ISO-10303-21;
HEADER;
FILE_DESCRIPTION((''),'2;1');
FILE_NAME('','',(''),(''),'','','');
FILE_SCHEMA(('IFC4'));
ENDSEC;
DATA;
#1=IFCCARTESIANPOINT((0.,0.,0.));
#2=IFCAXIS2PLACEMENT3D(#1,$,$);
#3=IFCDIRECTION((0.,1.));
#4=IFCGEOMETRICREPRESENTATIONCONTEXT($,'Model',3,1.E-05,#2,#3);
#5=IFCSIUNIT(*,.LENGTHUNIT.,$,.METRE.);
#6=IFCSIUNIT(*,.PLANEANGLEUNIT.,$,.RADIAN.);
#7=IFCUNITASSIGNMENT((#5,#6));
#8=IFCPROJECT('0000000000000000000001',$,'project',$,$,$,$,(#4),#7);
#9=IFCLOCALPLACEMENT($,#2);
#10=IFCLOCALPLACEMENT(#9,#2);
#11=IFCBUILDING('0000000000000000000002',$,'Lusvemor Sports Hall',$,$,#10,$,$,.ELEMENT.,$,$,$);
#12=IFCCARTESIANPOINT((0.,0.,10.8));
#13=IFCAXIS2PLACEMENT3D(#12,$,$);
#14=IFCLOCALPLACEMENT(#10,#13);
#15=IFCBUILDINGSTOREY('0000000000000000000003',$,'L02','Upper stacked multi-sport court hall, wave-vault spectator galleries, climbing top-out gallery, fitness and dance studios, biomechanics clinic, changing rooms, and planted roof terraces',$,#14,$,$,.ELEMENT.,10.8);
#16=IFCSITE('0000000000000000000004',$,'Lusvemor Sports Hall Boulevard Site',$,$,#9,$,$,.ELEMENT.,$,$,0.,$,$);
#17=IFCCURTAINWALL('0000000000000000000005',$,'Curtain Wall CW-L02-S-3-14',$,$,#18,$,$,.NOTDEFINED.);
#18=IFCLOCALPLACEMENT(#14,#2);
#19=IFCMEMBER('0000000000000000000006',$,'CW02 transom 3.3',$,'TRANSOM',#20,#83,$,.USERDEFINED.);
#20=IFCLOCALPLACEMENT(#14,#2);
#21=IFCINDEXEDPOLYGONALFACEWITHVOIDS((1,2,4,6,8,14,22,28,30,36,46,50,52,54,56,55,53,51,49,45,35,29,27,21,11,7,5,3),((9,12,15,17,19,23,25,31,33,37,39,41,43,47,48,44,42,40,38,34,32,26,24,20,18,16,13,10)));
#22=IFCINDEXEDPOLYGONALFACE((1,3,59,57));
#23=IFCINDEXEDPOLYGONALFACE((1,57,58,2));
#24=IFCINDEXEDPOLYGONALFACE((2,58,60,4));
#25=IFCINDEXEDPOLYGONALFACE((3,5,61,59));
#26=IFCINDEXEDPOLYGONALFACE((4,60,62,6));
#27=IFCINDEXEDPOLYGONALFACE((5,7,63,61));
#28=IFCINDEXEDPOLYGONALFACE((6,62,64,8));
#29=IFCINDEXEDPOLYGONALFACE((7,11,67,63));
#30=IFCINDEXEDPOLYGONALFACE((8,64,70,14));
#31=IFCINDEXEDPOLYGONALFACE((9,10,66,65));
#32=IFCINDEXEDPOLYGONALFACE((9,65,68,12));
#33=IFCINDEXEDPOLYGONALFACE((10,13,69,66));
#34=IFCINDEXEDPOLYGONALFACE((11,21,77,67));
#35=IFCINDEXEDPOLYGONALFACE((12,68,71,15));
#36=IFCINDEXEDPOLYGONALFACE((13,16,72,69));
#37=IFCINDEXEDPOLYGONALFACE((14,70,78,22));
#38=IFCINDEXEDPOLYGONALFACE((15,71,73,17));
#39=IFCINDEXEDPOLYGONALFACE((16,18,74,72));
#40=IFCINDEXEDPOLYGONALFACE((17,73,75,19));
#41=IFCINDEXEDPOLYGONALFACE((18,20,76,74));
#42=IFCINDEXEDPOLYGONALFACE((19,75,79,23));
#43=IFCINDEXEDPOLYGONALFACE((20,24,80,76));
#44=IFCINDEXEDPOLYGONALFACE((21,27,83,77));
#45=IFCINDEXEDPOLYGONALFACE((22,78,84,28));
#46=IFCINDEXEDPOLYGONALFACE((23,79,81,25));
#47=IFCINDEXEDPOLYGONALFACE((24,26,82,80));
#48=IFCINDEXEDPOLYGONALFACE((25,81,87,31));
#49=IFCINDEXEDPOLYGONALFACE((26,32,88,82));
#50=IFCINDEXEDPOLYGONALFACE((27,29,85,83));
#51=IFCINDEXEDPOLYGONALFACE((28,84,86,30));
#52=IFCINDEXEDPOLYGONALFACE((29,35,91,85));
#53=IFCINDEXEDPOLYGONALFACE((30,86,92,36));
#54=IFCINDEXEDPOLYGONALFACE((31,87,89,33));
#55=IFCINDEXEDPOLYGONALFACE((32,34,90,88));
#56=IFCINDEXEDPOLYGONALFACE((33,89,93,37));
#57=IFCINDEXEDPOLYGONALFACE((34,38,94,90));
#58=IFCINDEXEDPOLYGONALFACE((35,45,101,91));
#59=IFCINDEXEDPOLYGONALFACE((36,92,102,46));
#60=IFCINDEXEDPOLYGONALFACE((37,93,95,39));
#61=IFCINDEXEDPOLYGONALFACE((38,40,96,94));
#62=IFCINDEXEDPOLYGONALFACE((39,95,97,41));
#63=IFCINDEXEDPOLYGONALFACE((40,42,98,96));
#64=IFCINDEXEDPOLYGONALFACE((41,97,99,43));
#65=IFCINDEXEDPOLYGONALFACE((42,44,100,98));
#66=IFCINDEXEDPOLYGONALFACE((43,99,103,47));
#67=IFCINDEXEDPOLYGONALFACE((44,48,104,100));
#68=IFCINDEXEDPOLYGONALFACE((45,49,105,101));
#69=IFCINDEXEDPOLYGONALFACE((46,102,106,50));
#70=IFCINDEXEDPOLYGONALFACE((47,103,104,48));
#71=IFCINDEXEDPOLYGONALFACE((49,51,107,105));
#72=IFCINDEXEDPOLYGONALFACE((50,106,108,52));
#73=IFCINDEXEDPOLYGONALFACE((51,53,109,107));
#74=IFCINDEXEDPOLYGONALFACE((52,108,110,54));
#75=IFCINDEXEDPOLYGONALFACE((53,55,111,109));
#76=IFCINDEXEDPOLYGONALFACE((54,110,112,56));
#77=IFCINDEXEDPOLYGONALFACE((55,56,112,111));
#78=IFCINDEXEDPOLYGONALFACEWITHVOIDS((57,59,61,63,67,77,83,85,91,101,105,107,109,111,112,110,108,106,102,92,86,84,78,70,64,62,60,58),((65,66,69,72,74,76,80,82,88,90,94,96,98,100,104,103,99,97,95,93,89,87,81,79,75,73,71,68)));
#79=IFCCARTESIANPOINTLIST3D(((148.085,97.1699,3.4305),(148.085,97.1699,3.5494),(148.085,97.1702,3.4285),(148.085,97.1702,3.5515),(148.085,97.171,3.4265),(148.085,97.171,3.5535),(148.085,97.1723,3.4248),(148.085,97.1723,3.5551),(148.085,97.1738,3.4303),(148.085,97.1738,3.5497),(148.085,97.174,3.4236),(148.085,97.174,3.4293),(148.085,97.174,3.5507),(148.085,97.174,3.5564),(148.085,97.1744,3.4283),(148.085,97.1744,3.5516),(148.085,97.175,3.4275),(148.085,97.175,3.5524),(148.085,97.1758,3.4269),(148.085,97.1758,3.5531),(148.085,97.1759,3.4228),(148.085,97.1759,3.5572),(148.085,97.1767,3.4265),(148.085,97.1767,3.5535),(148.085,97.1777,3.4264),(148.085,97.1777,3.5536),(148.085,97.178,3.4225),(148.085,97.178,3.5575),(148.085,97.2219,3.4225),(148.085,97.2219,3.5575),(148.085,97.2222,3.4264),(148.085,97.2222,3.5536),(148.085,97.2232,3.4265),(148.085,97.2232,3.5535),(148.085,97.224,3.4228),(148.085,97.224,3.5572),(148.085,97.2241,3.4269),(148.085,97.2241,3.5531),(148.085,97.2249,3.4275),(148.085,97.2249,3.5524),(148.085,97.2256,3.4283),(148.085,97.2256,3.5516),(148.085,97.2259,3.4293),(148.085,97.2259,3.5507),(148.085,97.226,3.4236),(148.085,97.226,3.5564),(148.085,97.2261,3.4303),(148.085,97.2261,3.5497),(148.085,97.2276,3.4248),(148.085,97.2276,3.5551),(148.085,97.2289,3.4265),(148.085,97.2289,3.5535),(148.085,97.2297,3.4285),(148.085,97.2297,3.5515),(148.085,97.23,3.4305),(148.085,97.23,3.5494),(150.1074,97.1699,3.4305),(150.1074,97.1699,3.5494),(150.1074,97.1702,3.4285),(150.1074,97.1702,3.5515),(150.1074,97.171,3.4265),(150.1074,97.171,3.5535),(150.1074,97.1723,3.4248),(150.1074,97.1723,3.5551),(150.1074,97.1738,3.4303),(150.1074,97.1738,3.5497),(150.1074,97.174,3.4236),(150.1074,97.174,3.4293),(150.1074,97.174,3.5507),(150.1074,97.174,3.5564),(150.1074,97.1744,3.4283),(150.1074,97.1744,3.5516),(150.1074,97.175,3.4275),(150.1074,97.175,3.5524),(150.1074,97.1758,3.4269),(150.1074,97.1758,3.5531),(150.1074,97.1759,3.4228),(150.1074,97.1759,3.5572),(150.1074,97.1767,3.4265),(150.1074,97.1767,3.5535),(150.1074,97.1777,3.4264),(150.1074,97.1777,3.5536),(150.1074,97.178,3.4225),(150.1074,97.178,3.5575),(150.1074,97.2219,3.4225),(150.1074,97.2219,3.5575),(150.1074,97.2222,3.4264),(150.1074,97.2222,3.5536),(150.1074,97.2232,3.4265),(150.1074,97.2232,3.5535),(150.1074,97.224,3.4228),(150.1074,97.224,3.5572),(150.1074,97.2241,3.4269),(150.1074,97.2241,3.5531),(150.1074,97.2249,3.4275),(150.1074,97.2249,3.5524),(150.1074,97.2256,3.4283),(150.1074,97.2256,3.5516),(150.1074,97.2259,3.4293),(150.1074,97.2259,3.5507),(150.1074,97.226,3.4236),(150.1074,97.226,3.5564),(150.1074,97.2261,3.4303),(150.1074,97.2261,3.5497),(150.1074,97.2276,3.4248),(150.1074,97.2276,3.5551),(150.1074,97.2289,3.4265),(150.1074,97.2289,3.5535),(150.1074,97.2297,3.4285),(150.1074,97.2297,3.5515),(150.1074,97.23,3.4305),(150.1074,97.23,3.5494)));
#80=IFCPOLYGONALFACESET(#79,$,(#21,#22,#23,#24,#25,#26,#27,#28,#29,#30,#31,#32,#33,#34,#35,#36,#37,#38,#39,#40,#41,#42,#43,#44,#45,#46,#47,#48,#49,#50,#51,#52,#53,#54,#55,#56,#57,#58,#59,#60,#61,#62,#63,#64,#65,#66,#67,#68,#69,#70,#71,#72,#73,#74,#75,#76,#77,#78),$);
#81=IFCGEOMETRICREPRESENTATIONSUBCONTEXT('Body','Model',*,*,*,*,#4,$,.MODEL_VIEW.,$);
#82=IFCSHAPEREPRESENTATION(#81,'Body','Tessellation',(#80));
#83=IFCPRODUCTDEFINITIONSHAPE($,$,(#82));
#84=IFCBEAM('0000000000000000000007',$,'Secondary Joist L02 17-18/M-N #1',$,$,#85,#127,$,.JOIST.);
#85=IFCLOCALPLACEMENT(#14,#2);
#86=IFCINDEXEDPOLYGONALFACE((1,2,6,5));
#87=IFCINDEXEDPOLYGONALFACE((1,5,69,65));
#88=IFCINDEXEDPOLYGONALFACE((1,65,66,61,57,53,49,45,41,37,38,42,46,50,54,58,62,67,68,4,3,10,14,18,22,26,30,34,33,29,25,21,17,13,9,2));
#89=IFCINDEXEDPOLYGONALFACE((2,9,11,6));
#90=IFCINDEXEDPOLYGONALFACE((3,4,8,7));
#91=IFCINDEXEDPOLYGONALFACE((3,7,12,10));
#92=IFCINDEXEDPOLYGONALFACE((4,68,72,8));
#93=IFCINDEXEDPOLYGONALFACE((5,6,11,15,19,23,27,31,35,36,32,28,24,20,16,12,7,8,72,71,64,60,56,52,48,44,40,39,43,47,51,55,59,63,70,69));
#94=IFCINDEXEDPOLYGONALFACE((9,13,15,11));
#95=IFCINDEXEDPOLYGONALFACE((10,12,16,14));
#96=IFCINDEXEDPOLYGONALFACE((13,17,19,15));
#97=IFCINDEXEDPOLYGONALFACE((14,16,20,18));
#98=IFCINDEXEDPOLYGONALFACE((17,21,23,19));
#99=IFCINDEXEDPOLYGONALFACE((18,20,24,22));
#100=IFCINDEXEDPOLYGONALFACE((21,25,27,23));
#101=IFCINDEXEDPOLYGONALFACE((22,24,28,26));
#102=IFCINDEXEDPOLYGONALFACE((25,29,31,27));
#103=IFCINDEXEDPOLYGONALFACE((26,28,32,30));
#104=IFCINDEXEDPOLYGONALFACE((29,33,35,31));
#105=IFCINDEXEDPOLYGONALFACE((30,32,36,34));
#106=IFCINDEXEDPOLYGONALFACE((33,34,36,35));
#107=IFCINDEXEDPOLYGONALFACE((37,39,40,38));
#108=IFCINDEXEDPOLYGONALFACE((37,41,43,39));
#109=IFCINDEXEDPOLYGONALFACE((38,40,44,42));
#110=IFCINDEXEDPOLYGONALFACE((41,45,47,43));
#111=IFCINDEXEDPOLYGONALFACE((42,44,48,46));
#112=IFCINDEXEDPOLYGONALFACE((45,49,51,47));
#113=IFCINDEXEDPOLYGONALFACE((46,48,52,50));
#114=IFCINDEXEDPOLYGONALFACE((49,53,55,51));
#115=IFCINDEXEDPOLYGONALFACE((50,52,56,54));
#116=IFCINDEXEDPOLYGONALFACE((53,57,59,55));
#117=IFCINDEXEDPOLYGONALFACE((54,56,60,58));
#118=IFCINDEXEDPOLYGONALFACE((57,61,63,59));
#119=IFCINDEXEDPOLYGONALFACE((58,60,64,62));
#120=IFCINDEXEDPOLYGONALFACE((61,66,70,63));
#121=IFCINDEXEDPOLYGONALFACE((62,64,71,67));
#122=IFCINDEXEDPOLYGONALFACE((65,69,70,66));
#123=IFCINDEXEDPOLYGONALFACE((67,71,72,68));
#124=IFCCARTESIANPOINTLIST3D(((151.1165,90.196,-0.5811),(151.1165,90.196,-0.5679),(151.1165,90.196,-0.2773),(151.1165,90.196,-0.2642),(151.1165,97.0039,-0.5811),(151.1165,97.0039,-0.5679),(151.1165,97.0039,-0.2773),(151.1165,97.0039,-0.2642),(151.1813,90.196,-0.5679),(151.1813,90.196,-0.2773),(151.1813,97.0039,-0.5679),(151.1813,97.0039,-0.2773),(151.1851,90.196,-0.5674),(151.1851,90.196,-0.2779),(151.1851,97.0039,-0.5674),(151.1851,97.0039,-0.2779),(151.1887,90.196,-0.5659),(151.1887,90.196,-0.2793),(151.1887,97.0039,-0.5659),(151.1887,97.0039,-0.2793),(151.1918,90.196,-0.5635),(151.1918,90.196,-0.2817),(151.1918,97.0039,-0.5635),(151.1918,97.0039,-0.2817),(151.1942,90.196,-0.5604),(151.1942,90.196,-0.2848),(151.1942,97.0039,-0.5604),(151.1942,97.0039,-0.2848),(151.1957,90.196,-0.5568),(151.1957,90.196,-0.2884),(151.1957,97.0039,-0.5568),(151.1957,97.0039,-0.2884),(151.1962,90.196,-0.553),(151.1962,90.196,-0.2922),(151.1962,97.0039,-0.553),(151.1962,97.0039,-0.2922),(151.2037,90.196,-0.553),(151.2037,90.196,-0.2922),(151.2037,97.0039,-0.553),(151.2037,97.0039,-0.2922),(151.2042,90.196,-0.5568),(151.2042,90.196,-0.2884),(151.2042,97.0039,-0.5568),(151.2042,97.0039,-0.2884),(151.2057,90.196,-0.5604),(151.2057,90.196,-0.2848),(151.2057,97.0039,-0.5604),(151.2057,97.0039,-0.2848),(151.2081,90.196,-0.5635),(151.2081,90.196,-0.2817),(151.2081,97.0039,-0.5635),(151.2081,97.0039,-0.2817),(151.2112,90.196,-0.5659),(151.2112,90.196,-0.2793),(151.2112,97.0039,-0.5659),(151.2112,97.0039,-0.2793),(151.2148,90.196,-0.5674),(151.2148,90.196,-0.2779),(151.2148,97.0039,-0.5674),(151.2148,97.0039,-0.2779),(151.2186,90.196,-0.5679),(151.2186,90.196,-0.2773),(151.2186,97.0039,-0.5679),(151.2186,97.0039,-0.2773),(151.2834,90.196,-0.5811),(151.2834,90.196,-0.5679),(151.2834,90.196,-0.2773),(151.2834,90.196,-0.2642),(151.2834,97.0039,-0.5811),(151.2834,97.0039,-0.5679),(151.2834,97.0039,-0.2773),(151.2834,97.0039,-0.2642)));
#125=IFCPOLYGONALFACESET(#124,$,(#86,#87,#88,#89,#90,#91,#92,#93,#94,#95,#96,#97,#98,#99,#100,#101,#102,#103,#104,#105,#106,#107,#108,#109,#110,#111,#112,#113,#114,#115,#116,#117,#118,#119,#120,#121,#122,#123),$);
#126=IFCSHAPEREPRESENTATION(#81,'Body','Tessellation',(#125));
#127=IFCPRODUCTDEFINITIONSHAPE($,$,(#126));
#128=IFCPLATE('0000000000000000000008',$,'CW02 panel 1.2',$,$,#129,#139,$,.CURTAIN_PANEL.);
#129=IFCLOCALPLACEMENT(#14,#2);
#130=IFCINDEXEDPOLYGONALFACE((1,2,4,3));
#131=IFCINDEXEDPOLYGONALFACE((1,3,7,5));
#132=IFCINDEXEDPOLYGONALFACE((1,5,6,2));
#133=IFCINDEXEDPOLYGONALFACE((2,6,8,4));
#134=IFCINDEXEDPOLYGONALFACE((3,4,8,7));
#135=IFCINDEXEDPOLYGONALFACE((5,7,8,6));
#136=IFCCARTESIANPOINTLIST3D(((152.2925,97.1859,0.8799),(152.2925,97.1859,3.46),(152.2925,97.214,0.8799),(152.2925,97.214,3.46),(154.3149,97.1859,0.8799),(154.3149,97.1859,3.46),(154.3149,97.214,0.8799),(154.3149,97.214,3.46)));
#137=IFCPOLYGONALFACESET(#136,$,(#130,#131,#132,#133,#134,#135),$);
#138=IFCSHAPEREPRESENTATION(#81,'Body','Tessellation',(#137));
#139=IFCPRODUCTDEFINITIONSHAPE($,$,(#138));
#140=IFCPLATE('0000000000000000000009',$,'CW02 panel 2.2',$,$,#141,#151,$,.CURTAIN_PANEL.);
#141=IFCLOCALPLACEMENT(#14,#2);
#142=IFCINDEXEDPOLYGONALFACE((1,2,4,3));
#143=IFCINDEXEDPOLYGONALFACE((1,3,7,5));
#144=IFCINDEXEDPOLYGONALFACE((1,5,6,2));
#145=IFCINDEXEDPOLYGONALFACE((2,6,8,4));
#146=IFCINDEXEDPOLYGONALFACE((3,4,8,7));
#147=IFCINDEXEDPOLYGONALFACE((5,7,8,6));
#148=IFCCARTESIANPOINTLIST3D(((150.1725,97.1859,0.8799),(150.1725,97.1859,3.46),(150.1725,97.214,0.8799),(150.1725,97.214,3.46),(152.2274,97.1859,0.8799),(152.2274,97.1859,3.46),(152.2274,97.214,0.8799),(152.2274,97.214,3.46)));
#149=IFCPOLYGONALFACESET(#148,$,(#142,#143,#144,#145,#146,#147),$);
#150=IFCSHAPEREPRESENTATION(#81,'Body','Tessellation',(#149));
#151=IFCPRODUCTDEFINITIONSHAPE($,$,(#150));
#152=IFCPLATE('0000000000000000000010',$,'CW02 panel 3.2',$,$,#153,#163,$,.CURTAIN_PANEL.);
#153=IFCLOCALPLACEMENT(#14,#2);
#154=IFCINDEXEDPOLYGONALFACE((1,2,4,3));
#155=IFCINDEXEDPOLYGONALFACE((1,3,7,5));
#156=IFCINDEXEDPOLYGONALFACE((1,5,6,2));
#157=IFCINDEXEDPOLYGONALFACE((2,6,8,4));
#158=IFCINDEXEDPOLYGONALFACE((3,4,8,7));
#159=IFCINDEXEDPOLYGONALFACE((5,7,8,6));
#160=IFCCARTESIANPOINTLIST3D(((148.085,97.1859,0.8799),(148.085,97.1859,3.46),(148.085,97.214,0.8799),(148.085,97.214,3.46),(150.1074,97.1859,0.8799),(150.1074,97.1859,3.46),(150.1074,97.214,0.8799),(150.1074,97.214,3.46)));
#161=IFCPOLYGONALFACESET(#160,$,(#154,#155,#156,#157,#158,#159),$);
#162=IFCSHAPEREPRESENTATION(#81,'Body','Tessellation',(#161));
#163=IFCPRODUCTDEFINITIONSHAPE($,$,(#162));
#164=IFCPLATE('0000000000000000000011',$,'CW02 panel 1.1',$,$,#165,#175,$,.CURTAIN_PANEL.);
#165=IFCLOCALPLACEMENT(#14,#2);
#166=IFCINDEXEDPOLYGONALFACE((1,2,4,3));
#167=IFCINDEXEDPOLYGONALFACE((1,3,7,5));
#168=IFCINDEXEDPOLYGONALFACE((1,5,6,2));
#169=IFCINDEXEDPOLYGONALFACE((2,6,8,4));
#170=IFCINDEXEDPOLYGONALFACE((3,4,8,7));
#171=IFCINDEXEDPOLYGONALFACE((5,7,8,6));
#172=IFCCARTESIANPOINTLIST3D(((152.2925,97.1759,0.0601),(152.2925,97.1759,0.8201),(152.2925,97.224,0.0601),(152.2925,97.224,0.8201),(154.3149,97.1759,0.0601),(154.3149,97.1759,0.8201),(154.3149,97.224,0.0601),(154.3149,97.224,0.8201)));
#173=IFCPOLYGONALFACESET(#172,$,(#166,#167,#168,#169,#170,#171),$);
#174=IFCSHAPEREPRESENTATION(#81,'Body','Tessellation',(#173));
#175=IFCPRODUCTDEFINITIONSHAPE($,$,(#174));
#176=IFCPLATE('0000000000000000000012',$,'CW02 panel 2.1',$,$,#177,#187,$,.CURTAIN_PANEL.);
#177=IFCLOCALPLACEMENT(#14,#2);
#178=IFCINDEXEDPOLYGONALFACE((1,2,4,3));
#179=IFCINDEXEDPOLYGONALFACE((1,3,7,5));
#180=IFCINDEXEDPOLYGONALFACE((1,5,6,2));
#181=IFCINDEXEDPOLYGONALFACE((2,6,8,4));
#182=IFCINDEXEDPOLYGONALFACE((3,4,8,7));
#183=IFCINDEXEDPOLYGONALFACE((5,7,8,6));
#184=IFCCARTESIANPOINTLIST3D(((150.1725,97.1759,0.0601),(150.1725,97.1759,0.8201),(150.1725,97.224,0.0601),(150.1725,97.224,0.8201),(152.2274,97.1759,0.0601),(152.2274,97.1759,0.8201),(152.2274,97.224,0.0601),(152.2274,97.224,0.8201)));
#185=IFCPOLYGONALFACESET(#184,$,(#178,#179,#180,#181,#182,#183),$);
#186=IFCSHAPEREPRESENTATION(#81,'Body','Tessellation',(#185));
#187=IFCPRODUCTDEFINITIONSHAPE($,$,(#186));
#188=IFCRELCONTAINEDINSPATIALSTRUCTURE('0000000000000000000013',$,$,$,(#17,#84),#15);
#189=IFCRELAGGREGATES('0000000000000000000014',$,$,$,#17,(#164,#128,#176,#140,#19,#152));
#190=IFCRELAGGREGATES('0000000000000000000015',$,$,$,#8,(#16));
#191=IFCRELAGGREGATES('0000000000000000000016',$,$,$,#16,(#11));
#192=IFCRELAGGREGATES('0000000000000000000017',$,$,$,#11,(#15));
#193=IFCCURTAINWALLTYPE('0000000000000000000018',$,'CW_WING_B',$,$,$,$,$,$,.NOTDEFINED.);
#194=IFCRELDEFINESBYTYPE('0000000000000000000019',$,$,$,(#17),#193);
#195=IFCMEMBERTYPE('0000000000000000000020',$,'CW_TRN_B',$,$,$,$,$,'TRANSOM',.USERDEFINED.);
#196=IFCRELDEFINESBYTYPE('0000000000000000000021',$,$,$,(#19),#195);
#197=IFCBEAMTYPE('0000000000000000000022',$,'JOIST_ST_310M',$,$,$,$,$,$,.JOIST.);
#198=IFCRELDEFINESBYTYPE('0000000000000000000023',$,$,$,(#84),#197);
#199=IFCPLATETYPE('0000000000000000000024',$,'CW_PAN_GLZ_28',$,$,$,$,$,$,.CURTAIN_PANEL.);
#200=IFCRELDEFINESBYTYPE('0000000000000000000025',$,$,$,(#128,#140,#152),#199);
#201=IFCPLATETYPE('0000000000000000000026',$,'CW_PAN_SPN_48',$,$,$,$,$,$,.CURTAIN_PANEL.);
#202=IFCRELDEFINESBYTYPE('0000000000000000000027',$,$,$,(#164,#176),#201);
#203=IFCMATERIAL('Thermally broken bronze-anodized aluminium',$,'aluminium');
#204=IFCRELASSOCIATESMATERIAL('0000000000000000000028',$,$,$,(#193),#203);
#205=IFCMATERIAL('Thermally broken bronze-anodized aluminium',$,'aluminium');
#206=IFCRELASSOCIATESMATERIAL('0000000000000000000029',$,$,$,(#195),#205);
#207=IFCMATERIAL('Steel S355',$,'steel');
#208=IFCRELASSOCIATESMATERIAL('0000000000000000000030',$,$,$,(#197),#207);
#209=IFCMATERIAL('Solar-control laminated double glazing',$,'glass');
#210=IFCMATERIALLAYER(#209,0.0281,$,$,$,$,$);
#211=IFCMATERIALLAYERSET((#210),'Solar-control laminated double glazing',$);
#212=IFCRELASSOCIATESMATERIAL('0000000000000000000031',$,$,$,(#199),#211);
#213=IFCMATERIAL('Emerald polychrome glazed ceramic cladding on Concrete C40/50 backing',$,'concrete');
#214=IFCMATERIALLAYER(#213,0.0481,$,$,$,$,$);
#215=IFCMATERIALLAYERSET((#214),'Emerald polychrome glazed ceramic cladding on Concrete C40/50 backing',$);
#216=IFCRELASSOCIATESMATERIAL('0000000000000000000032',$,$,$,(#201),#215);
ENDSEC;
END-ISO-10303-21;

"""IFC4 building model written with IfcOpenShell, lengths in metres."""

from ifc_helpers import new_model, si_unit, direction, frame, origin, origin_2d, place, context, subcontext, project, spatial, rectangle, hollow_rectangle, i_section, extrude, material, layer, layer_set, material_profile, profile_set, type_object, element, aggregate, save


model = new_model("IFC4")

# Units and contexts
model_context = context("Model", 3, precision=1e-05, world=origin(), true_north=direction((0.0, 1.0)))
body_context = subcontext(model_context, "Body", "Model", "MODEL_VIEW")
ifc_project = project(units=[si_unit("LENGTHUNIT", "METRE"), si_unit("PLANEANGLEUNIT", "RADIAN")], contexts=[model_context])

# Site, building, storey
site_placement = place(None, origin())
site = spatial("IfcSite", under=ifc_project, at=site_placement, Name="Lusvemor Sports Hall Boulevard Site", CompositionType="ELEMENT", RefElevation=0.0)
building_placement = place(site_placement, origin())
building = spatial("IfcBuilding", under=site, at=building_placement, Name="Lusvemor Sports Hall", CompositionType="ELEMENT")
storey_placement = place(building_placement, frame((0.0, 0.0, 10.8)))
storey = spatial("IfcBuildingStorey", under=building, at=storey_placement, Name="L02", Description="Upper stacked multi-sport court hall, wave-vault spectator galleries, climbing top-out gallery, fitness and dance studios, biomechanics clinic, changing rooms, and planted roof terraces", CompositionType="ELEMENT", Elevation=10.8)

# Curtain wall, member
ifc_material_1 = material(Name="Thermally broken bronze-anodized aluminium", Category="aluminium")
curtain_wall_type = type_object("IfcCurtainWallType", Name="CW_WING_B", PredefinedType="NOTDEFINED", material=ifc_material_1)
curtain_wall_placement = place(storey_placement, origin())
curtain_wall = element("IfcCurtainWall", 1, at=curtain_wall_placement, inside=storey, type_object=curtain_wall_type, Name="Curtain Wall CW-L02-S-3-14", PredefinedType="NOTDEFINED")
ifc_material_2 = material(Name="Thermally broken bronze-anodized aluminium", Category="aluminium")
ifc_material_profile_1 = material_profile(ifc_material_2, hollow_rectangle(XDim=0.0601, YDim=0.135, WallThickness=0.0039, InnerFilletRadius=0.0039, OuterFilletRadius=0.0081, at=origin_2d()), Name="CWTRN135x60x4")
ifc_profile_set_1 = profile_set([ifc_material_profile_1], Name="Thermally broken bronze-anodized aluminium")
member_type_1 = type_object("IfcMemberType", Name="CW_TRN_B", ElementType="TRANSOM", PredefinedType="USERDEFINED", material=ifc_profile_set_1)
member_1_placement = place(storey_placement, frame((150.1074, 97.2, 3.49), z_axis=(-1.0, 0.0, 0.0), x_axis=(0.0, -1.0, 0.0)))
member_1 = element("IfcMember", 2, at=member_1_placement, type_object=member_type_1, Name="CW02 transom 3.3", ObjectType="TRANSOM", PredefinedType="USERDEFINED", context=body_context, shape_type="SweptSolid", body=[
    extrude(hollow_rectangle(XDim=0.0601, YDim=0.135, WallThickness=0.0039, InnerFilletRadius=0.0039, OuterFilletRadius=0.0081, at=origin_2d()), origin(), (0.0, 0.0, 1.0), 2.0225),
])

# Beam
ifc_material_3 = material(Name="Steel S355", Category="steel")
ifc_material_profile_2 = material_profile(ifc_material_3, i_section(OverallWidth=0.167, OverallDepth=0.3169, WebThickness=0.0076, FlangeThickness=0.0132, FilletRadius=0.0149, at=origin_2d()), Name="W310x52.0")
ifc_profile_set_2 = profile_set([ifc_material_profile_2], Name="Steel S355")
beam_type_1 = type_object("IfcBeamType", Name="JOIST_ST_310M", PredefinedType="JOIST", material=ifc_profile_set_2)
beam_1_placement = place(storey_placement, frame((151.2, 90.196, -0.4226), z_axis=(0.0, 1.0, 0.0), x_axis=(-1.0, 0.0, 0.0)))
element("IfcBeam", 3, at=beam_1_placement, inside=storey, type_object=beam_type_1, Name="Secondary Joist L02 17-18/M-N #1", PredefinedType="JOIST", context=body_context, shape_type="SweptSolid", body=[
    extrude(i_section(OverallWidth=0.167, OverallDepth=0.3169, WebThickness=0.0076, FlangeThickness=0.0132, FilletRadius=0.0149, at=origin_2d()), origin(), (0.0, 0.0, 1.0), 6.8079),
])

# Plates
ifc_material_4 = material(Name="Solar-control laminated double glazing", Category="glass")
ifc_layer_1 = layer(ifc_material_4, 0.0281)
ifc_layer_set_1 = layer_set([ifc_layer_1], Name="Solar-control laminated double glazing")
plate_type_1 = type_object("IfcPlateType", Name="CW_PAN_GLZ_28", PredefinedType="CURTAIN_PANEL", material=ifc_layer_set_1)
plate_1_placement = place(storey_placement, frame((153.3037, 97.2, 0.8799), z_axis=(0.0, 0.0, 1.0), x_axis=(-1.0, 0.0, 0.0)))
plate_1 = element("IfcPlate", 4, at=plate_1_placement, type_object=plate_type_1, Name="CW02 panel 1.2", PredefinedType="CURTAIN_PANEL", context=body_context, shape_type="SweptSolid", body=[
    extrude(rectangle(XDim=2.0225, YDim=0.0281, at=origin_2d()), origin(), (0.0, 0.0, 1.0), 2.5801),
])
plate_2_placement = place(storey_placement, frame((151.2, 97.2, 0.8799), z_axis=(0.0, 0.0, 1.0), x_axis=(-1.0, 0.0, 0.0)))
plate_2 = element("IfcPlate", 5, at=plate_2_placement, type_object=plate_type_1, Name="CW02 panel 2.2", PredefinedType="CURTAIN_PANEL", context=body_context, shape_type="SweptSolid", body=[
    extrude(rectangle(XDim=2.0549, YDim=0.0281, at=origin_2d()), origin(), (0.0, 0.0, 1.0), 2.5801),
])
plate_3_placement = place(storey_placement, frame((149.0962, 97.2, 0.8799), z_axis=(0.0, 0.0, 1.0), x_axis=(-1.0, 0.0, 0.0)))
plate_3 = element("IfcPlate", 6, at=plate_3_placement, type_object=plate_type_1, Name="CW02 panel 3.2", PredefinedType="CURTAIN_PANEL", context=body_context, shape_type="SweptSolid", body=[
    extrude(rectangle(XDim=2.0225, YDim=0.0281, at=origin_2d()), origin(), (0.0, 0.0, 1.0), 2.5801),
])
ifc_material_5 = material(Name="Emerald polychrome glazed ceramic cladding on Concrete C40/50 backing", Category="concrete")
ifc_layer_2 = layer(ifc_material_5, 0.0481)
ifc_layer_set_2 = layer_set([ifc_layer_2], Name="Emerald polychrome glazed ceramic cladding on Concrete C40/50 backing")
plate_type_2 = type_object("IfcPlateType", Name="CW_PAN_SPN_48", PredefinedType="CURTAIN_PANEL", material=ifc_layer_set_2)
plate_4_placement = place(storey_placement, frame((153.3037, 97.2, 0.0601), z_axis=(0.0, 0.0, 1.0), x_axis=(-1.0, 0.0, 0.0)))
plate_4 = element("IfcPlate", 7, at=plate_4_placement, type_object=plate_type_2, Name="CW02 panel 1.1", PredefinedType="CURTAIN_PANEL", context=body_context, shape_type="SweptSolid", body=[
    extrude(rectangle(XDim=2.0225, YDim=0.0481, at=origin_2d()), origin(), (0.0, 0.0, 1.0), 0.76),
])
plate_5_placement = place(storey_placement, frame((151.2, 97.2, 0.0601), z_axis=(0.0, 0.0, 1.0), x_axis=(-1.0, 0.0, 0.0)))
plate_5 = element("IfcPlate", 8, at=plate_5_placement, type_object=plate_type_2, Name="CW02 panel 2.1", PredefinedType="CURTAIN_PANEL", context=body_context, shape_type="SweptSolid", body=[
    extrude(rectangle(XDim=2.0549, YDim=0.0481, at=origin_2d()), origin(), (0.0, 0.0, 1.0), 0.76),
])
aggregate(curtain_wall, [plate_4, plate_1, plate_5, plate_2, member_1, plate_3])

save(model, "model.ifc")
